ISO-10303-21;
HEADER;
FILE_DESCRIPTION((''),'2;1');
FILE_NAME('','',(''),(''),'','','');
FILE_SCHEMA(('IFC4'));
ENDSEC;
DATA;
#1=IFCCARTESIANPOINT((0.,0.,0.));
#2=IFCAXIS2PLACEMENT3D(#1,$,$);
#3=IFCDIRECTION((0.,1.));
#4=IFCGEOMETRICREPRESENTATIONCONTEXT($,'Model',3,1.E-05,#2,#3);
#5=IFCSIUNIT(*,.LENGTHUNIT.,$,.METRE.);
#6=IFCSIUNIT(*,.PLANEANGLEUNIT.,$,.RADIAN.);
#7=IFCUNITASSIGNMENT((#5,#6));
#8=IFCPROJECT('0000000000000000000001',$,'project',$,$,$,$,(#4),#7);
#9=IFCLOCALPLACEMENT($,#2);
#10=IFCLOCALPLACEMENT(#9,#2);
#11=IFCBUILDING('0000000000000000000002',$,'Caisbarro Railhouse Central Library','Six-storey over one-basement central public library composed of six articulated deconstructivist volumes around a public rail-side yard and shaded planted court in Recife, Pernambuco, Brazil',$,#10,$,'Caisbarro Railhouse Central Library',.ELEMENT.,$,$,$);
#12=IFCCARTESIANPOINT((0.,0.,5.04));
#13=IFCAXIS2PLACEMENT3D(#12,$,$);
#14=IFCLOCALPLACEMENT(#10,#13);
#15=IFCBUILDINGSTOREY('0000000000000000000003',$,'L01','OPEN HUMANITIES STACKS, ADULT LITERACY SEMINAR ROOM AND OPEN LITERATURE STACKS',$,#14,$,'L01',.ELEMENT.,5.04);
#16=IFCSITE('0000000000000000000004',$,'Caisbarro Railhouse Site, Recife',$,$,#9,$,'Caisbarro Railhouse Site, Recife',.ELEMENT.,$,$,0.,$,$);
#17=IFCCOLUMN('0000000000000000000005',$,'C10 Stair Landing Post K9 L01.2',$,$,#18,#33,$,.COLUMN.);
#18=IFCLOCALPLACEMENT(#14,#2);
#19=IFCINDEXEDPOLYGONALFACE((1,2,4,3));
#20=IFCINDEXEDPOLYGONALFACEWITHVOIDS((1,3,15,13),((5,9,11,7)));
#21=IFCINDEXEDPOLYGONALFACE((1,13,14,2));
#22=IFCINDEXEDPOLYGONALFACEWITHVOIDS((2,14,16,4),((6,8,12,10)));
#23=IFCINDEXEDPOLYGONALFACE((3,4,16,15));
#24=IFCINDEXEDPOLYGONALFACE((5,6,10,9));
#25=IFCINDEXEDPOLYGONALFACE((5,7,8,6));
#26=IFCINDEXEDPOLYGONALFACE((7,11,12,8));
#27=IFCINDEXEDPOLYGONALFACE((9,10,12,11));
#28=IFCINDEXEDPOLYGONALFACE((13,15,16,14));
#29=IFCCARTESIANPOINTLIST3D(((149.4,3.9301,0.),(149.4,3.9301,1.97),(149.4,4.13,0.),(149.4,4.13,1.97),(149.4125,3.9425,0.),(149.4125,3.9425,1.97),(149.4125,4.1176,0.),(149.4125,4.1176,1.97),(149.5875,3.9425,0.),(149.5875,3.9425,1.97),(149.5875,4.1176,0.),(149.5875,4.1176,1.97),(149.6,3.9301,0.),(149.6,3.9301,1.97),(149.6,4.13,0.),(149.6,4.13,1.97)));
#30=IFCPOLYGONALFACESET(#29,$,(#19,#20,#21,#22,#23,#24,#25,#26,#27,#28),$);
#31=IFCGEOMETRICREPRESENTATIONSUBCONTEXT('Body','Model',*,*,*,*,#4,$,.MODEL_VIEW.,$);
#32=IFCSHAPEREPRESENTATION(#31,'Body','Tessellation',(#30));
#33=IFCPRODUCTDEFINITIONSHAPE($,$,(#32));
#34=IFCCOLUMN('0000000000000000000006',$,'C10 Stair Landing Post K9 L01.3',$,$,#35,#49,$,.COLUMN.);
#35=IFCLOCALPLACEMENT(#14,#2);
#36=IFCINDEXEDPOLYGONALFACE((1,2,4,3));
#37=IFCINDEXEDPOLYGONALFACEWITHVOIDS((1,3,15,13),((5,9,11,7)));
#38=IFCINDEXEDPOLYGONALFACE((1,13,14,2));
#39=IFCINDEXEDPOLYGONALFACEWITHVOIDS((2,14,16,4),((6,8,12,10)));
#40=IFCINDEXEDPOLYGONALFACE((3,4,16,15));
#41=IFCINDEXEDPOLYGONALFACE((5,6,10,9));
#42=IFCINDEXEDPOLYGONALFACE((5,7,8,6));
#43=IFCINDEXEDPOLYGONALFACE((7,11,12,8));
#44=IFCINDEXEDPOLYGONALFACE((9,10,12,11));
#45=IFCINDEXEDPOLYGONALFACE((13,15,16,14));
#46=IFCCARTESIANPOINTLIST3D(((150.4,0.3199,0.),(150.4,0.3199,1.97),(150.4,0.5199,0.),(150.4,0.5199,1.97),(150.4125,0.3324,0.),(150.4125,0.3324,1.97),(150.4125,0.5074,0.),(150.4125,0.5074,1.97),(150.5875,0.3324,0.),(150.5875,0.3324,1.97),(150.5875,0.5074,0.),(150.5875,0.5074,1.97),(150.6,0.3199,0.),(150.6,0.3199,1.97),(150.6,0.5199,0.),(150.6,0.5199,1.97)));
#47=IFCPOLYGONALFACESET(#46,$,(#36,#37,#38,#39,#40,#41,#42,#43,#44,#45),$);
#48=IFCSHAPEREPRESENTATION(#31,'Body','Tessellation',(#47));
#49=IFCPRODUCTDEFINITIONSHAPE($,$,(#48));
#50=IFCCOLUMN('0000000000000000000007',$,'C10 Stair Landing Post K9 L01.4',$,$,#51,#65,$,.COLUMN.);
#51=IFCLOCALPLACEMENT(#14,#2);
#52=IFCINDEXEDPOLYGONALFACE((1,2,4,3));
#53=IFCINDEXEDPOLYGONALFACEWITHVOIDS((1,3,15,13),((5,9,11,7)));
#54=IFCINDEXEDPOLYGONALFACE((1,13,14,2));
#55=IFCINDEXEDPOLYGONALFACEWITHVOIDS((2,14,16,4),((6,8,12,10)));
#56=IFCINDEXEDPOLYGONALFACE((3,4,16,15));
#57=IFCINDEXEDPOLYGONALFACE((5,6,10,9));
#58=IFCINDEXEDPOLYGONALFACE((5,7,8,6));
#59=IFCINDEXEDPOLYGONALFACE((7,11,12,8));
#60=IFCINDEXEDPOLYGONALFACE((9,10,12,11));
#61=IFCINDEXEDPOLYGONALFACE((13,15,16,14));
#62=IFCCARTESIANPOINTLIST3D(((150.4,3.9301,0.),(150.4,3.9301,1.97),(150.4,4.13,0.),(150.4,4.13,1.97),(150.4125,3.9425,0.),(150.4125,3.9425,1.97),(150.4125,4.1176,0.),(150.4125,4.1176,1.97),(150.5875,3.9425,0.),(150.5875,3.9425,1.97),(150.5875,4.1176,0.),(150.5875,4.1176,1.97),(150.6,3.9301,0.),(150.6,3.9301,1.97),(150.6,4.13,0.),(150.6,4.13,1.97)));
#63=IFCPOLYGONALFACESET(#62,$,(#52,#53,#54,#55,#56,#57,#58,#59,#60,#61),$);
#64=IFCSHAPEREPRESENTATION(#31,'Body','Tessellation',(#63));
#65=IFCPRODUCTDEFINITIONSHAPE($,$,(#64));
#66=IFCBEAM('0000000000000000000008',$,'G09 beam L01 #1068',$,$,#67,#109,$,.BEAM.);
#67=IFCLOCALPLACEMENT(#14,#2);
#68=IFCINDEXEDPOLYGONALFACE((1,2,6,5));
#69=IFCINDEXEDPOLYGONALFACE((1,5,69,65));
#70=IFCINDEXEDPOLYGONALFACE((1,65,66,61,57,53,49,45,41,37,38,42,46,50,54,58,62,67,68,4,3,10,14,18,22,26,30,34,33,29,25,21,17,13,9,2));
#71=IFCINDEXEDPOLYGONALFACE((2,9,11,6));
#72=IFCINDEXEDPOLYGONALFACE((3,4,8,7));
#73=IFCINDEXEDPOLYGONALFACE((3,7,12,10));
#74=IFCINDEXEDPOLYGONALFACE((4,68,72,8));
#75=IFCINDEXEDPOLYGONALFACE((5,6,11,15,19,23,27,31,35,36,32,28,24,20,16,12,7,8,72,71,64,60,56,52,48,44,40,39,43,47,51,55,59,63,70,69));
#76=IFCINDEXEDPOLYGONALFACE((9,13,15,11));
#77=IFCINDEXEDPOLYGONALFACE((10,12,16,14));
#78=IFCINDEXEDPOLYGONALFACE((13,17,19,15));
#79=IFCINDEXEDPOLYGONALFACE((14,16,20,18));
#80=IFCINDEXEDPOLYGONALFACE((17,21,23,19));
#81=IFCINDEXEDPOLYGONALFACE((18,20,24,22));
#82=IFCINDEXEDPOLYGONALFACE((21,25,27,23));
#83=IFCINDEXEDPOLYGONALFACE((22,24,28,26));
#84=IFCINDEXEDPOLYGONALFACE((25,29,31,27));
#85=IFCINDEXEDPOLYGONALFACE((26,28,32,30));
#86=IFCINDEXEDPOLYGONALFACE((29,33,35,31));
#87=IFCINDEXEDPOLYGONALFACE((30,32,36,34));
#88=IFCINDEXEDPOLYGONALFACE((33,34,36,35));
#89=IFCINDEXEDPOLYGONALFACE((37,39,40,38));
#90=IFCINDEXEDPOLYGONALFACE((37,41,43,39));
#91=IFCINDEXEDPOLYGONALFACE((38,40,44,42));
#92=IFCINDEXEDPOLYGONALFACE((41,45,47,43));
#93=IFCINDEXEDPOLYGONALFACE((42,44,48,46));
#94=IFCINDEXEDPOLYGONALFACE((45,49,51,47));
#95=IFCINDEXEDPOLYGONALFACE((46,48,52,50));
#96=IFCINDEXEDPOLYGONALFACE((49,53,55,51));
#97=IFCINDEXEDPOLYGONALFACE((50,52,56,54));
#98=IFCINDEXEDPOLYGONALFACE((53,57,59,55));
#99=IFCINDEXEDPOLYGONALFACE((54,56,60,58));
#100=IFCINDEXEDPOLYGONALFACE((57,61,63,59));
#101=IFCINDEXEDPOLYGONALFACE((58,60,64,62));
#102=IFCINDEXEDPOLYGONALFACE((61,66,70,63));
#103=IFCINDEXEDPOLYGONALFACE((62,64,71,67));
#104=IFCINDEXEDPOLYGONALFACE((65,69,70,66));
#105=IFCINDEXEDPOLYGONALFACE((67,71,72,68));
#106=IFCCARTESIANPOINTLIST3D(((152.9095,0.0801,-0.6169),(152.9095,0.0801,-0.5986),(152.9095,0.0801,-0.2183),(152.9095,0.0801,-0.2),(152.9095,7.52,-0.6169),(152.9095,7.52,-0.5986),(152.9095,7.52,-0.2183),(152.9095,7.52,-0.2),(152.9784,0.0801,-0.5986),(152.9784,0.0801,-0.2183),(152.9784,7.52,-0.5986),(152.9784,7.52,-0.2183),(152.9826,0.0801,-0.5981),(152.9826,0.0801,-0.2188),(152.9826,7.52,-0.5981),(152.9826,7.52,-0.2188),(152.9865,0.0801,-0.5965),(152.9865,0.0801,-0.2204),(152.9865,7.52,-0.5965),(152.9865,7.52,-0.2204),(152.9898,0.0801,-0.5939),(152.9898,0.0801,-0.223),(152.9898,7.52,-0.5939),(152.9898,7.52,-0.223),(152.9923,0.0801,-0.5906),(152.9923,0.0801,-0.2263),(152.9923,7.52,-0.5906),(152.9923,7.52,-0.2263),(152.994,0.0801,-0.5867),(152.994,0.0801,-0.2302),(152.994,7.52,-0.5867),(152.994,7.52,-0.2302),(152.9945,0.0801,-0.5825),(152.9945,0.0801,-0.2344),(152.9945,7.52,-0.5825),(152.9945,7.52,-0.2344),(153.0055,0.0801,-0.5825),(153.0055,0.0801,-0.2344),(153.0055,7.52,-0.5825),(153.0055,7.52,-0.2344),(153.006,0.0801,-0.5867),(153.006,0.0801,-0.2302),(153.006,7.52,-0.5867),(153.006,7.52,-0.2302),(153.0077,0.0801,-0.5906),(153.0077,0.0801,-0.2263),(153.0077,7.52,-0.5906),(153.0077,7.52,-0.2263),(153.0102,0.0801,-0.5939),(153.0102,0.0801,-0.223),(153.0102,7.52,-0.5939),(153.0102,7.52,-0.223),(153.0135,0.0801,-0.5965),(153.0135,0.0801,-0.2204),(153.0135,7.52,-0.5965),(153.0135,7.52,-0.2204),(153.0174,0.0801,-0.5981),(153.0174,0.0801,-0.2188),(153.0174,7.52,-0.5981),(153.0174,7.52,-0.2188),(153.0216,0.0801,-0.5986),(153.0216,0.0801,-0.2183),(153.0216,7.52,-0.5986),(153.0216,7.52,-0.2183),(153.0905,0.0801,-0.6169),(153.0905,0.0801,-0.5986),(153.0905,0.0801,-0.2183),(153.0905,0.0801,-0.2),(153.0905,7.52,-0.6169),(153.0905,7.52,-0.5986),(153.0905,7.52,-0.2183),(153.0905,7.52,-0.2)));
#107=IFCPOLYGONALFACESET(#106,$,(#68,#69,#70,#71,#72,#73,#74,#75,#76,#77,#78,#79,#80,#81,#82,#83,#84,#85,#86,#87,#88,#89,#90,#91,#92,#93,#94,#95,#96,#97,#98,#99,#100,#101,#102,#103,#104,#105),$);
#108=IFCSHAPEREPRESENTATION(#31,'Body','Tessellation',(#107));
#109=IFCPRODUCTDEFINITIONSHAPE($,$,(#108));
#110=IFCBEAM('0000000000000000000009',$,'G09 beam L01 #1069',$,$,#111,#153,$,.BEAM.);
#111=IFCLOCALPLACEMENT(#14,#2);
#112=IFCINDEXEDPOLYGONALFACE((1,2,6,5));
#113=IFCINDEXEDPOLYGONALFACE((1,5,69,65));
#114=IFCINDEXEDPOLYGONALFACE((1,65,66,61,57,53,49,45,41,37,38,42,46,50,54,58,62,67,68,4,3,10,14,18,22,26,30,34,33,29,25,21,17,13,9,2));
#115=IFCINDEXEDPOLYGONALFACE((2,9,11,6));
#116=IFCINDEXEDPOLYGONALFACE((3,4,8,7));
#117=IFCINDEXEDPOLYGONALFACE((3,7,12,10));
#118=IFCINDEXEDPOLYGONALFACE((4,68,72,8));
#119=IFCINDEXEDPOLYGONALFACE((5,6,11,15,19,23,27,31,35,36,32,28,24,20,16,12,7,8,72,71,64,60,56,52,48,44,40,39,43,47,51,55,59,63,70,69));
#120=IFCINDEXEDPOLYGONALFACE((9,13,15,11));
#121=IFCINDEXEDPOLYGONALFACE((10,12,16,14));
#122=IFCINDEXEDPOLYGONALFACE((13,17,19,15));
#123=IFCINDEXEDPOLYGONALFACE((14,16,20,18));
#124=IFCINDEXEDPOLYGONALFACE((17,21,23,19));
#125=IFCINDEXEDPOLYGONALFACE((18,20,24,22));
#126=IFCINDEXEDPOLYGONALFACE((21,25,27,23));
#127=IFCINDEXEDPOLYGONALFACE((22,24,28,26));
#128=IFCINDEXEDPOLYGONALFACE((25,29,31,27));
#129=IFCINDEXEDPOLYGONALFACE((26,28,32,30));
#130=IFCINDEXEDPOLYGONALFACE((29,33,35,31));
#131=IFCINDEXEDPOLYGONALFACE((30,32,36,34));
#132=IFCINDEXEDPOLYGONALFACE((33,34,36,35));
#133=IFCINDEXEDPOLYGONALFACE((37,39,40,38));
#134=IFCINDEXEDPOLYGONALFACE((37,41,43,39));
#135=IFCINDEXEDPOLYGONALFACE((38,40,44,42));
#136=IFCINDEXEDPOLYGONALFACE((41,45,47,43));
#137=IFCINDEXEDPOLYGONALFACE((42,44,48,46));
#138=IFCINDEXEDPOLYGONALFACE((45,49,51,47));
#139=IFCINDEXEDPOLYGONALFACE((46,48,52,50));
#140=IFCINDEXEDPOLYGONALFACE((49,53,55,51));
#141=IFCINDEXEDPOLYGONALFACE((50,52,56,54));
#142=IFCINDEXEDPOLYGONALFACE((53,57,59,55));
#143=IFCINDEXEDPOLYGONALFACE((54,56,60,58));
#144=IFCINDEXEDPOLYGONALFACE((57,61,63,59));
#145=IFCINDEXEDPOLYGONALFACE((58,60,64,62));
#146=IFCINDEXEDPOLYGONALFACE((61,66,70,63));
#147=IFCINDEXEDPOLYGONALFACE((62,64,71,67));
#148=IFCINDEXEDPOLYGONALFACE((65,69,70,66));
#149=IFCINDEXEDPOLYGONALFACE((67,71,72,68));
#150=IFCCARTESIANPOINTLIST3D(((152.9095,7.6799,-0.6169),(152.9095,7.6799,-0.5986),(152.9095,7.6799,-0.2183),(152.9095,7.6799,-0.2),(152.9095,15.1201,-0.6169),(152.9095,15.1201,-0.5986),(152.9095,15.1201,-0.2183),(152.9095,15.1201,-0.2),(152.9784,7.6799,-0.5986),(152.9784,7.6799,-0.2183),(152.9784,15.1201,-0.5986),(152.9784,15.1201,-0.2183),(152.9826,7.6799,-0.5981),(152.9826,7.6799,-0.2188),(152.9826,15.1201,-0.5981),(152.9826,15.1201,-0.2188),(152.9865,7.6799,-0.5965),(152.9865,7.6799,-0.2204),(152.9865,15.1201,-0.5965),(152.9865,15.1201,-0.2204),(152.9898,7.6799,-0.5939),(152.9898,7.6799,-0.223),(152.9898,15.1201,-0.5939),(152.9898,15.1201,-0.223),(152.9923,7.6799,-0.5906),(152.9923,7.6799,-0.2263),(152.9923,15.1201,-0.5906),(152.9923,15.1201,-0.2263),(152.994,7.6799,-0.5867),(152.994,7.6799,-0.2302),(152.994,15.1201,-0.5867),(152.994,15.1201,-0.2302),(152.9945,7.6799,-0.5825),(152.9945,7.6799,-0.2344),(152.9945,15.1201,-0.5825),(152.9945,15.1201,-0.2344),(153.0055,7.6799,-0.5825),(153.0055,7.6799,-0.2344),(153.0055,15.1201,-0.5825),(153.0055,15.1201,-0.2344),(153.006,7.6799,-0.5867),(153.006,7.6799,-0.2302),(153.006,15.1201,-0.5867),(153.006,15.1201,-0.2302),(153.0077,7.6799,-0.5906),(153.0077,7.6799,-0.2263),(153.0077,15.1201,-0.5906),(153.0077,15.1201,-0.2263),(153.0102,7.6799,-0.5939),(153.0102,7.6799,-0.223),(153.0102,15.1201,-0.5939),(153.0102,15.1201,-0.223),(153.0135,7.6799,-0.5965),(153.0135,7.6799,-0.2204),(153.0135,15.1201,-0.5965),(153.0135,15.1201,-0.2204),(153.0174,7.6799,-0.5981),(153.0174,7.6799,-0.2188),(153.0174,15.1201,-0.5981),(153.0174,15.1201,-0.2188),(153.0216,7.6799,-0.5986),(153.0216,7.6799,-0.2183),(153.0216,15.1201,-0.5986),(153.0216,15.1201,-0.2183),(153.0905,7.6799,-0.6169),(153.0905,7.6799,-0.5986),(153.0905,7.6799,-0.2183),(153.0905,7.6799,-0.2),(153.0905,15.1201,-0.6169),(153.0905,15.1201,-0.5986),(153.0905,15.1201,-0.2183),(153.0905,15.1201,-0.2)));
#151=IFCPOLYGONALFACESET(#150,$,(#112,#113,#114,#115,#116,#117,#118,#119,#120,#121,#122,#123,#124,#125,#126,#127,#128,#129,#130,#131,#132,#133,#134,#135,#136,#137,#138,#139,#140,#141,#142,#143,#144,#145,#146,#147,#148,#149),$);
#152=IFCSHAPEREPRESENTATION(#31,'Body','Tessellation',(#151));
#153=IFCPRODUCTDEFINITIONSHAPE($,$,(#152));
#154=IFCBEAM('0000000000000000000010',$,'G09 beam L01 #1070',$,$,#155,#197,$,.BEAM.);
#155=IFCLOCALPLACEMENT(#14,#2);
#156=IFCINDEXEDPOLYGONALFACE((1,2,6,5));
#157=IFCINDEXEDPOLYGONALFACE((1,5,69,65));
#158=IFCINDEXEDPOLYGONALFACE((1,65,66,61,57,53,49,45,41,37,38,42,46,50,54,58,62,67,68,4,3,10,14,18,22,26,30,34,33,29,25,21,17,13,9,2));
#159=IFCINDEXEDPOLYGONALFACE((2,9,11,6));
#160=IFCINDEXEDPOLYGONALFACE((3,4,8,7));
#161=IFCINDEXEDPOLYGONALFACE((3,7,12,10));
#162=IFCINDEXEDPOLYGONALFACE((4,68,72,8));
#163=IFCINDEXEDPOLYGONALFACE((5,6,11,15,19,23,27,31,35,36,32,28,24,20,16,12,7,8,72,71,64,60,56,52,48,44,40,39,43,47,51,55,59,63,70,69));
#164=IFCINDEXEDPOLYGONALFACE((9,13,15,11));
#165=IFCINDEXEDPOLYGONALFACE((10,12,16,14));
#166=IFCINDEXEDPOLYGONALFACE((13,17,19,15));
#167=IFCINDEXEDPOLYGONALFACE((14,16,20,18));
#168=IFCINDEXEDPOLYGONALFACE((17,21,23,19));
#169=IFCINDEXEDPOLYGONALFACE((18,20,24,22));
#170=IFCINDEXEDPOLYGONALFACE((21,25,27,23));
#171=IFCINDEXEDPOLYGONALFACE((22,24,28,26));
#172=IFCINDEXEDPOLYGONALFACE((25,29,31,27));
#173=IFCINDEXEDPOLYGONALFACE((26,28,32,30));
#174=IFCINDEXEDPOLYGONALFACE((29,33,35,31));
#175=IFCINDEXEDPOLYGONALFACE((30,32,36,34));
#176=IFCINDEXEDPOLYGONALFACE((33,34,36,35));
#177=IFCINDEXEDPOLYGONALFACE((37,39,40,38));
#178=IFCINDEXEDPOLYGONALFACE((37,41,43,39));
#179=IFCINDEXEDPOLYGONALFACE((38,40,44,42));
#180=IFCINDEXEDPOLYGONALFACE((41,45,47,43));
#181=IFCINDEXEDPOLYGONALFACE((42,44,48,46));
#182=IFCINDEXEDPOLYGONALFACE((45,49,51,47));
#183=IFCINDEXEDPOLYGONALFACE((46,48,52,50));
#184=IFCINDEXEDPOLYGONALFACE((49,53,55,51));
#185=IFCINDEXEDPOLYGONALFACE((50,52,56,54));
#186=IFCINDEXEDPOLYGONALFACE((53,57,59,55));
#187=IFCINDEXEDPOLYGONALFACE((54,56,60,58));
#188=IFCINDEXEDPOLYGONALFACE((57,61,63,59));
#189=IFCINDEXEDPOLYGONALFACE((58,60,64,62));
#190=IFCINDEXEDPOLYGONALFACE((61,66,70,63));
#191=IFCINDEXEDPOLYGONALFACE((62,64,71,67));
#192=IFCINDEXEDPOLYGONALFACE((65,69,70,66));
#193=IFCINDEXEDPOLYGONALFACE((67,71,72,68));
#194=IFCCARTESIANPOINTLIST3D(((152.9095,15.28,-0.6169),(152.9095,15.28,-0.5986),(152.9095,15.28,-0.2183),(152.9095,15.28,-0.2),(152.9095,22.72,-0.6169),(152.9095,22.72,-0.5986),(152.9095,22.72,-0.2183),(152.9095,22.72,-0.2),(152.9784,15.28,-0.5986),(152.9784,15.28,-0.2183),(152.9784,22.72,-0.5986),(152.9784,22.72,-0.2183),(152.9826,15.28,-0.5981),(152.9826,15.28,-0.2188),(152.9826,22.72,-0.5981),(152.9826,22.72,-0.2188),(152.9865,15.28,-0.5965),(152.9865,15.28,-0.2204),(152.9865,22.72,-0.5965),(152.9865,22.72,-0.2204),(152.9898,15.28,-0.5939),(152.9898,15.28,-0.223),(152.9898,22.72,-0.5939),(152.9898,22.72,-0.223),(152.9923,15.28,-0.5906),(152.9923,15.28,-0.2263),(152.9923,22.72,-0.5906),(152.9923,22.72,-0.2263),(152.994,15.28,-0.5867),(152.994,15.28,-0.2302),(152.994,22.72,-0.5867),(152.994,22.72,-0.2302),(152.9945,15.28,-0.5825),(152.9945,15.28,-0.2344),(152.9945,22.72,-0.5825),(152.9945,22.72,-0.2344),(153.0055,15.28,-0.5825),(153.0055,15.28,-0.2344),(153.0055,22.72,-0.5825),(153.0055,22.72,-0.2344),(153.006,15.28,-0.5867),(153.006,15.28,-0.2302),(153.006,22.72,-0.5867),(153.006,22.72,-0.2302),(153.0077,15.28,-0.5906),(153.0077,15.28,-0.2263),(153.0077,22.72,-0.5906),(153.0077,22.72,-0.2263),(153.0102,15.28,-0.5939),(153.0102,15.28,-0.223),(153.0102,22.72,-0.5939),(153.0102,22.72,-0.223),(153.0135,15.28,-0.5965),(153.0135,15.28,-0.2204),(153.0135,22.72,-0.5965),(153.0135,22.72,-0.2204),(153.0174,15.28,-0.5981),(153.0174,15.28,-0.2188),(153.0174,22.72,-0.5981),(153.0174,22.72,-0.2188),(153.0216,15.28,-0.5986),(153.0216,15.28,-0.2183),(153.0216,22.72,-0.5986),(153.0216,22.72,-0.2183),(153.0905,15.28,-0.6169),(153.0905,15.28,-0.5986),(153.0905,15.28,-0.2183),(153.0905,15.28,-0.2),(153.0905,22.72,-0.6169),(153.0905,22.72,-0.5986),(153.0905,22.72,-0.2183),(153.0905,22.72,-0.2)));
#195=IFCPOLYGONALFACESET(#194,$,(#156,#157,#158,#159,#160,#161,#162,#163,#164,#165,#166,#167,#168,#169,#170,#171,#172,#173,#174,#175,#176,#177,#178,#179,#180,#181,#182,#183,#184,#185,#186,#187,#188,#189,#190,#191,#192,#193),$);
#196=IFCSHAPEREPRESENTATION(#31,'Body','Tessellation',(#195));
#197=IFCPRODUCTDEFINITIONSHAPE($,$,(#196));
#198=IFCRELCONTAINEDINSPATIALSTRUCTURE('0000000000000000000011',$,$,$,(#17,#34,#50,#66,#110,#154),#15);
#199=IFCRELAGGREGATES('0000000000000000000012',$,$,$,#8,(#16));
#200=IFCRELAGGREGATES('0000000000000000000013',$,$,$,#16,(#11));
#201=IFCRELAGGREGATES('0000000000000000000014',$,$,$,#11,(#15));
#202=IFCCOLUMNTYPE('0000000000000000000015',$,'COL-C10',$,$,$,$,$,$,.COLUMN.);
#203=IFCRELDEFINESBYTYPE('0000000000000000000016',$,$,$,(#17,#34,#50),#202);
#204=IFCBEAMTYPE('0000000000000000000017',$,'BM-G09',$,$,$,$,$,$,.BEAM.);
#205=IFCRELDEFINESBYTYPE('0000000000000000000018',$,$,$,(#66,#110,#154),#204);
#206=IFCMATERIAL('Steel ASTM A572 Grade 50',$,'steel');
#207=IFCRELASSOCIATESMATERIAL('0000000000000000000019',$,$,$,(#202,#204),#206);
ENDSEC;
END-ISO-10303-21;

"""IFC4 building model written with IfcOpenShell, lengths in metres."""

from ifc_helpers import new_model, si_unit, direction, frame, origin, origin_2d, place, context, subcontext, project, spatial, hollow_rectangle, i_section, extrude, material, material_profile, profile_set, type_object, element, save


model = new_model("IFC4")

# Units and contexts
model_context = context("Model", 3, precision=1e-05, world=origin(), true_north=direction((0.0, 1.0)))
body_context = subcontext(model_context, "Body", "Model", "MODEL_VIEW")
ifc_project = project(units=[si_unit("LENGTHUNIT", "METRE"), si_unit("PLANEANGLEUNIT", "RADIAN")], contexts=[model_context])

# Site, building, storey
site_placement = place(None, origin())
site = spatial("IfcSite", under=ifc_project, at=site_placement, Name="Caisbarro Railhouse Site, Recife", LongName="Caisbarro Railhouse Site, Recife", CompositionType="ELEMENT", RefElevation=0.0)
building_placement = place(site_placement, origin())
building = spatial("IfcBuilding", under=site, at=building_placement, Name="Caisbarro Railhouse Central Library", Description="Six-storey over one-basement central public library composed of six articulated deconstructivist volumes around a public rail-side yard and shaded planted court in Recife, Pernambuco, Brazil", LongName="Caisbarro Railhouse Central Library", CompositionType="ELEMENT")
storey_placement = place(building_placement, frame((0.0, 0.0, 5.04)))
storey = spatial("IfcBuildingStorey", under=building, at=storey_placement, Name="L01", Description="OPEN HUMANITIES STACKS, ADULT LITERACY SEMINAR ROOM AND OPEN LITERATURE STACKS", LongName="L01", CompositionType="ELEMENT", Elevation=5.04)

# Columns
ifc_material_1 = material(Name="Steel ASTM A572 Grade 50", Category="steel")
ifc_material_profile_1 = material_profile(ifc_material_1, hollow_rectangle(XDim=0.2, YDim=0.2, WallThickness=0.0125, at=origin_2d()), Name="HSS200X200X12.5")
ifc_profile_set_1 = profile_set([ifc_material_profile_1], Name="Steel ASTM A572 Grade 50")
column_type_1 = type_object("IfcColumnType", Name="COL-C10", PredefinedType="COLUMN", material=ifc_profile_set_1)
for number, where, z_axis, x_axis, name in (
    (1, (149.5, 4.03, 0.0), (0.0, 0.0, 1.0), (1.0, 0.0, 0.0), "C10 Stair Landing Post K9 L01.2"),
    (2, (150.5, 0.4199, 0.0), (0.0, 0.0, 1.0), (1.0, 0.0, 0.0), "C10 Stair Landing Post K9 L01.3"),
    (3, (150.5, 4.03, 0.0), (0.0, 0.0, 1.0), (1.0, 0.0, 0.0), "C10 Stair Landing Post K9 L01.4"),
):
    element("IfcColumn", number, at=place(storey_placement, frame(where, z_axis=z_axis, x_axis=x_axis)), inside=storey, type_object=column_type_1, Name=name, PredefinedType="COLUMN", context=body_context, shape_type="SweptSolid", body=[
        extrude(hollow_rectangle(XDim=0.2, YDim=0.2, WallThickness=0.0125, at=origin_2d()), origin(), (0.0, 0.0, 1.0), 1.97),
    ])

# Beams
ifc_material_profile_2 = material_profile(ifc_material_1, i_section(OverallWidth=0.1809, OverallDepth=0.417, WebThickness=0.011, FlangeThickness=0.0183, FilletRadius=0.0161, at=origin_2d()), Name="W410X85.0")
ifc_profile_set_2 = profile_set([ifc_material_profile_2], Name="Steel ASTM A572 Grade 50")
beam_type_1 = type_object("IfcBeamType", Name="BM-G09", PredefinedType="BEAM", material=ifc_profile_set_2)
beam_1_placement = place(storey_placement, frame((153.0, 0.0801, -0.4084), z_axis=(0.0, 1.0, 0.0), x_axis=(-1.0, 0.0, 0.0)))
element("IfcBeam", 4, at=beam_1_placement, inside=storey, type_object=beam_type_1, Name="G09 beam L01 #1068", PredefinedType="BEAM", context=body_context, shape_type="SweptSolid", body=[
    extrude(i_section(OverallWidth=0.1809, OverallDepth=0.417, WebThickness=0.011, FlangeThickness=0.0183, FilletRadius=0.0161, at=origin_2d()), origin(), (0.0, 0.0, 1.0), 7.4399),
])
beam_2_placement = place(storey_placement, frame((153.0, 7.6799, -0.4084), z_axis=(0.0, 1.0, 0.0), x_axis=(-1.0, 0.0, 0.0)))
element("IfcBeam", 5, at=beam_2_placement, inside=storey, type_object=beam_type_1, Name="G09 beam L01 #1069", PredefinedType="BEAM", context=body_context, shape_type="SweptSolid", body=[
    extrude(i_section(OverallWidth=0.1809, OverallDepth=0.417, WebThickness=0.011, FlangeThickness=0.0183, FilletRadius=0.0161, at=origin_2d()), origin(), (0.0, 0.0, 1.0), 7.4402),
])
beam_3_placement = place(storey_placement, frame((153.0, 15.28, -0.4084), z_axis=(0.0, 1.0, 0.0), x_axis=(-1.0, 0.0, 0.0)))
element("IfcBeam", 6, at=beam_3_placement, inside=storey, type_object=beam_type_1, Name="G09 beam L01 #1070", PredefinedType="BEAM", context=body_context, shape_type="SweptSolid", body=[
    extrude(i_section(OverallWidth=0.1809, OverallDepth=0.417, WebThickness=0.011, FlangeThickness=0.0183, FilletRadius=0.0161, at=origin_2d()), origin(), (0.0, 0.0, 1.0), 7.4399),
])

save(model, "model.ifc")
